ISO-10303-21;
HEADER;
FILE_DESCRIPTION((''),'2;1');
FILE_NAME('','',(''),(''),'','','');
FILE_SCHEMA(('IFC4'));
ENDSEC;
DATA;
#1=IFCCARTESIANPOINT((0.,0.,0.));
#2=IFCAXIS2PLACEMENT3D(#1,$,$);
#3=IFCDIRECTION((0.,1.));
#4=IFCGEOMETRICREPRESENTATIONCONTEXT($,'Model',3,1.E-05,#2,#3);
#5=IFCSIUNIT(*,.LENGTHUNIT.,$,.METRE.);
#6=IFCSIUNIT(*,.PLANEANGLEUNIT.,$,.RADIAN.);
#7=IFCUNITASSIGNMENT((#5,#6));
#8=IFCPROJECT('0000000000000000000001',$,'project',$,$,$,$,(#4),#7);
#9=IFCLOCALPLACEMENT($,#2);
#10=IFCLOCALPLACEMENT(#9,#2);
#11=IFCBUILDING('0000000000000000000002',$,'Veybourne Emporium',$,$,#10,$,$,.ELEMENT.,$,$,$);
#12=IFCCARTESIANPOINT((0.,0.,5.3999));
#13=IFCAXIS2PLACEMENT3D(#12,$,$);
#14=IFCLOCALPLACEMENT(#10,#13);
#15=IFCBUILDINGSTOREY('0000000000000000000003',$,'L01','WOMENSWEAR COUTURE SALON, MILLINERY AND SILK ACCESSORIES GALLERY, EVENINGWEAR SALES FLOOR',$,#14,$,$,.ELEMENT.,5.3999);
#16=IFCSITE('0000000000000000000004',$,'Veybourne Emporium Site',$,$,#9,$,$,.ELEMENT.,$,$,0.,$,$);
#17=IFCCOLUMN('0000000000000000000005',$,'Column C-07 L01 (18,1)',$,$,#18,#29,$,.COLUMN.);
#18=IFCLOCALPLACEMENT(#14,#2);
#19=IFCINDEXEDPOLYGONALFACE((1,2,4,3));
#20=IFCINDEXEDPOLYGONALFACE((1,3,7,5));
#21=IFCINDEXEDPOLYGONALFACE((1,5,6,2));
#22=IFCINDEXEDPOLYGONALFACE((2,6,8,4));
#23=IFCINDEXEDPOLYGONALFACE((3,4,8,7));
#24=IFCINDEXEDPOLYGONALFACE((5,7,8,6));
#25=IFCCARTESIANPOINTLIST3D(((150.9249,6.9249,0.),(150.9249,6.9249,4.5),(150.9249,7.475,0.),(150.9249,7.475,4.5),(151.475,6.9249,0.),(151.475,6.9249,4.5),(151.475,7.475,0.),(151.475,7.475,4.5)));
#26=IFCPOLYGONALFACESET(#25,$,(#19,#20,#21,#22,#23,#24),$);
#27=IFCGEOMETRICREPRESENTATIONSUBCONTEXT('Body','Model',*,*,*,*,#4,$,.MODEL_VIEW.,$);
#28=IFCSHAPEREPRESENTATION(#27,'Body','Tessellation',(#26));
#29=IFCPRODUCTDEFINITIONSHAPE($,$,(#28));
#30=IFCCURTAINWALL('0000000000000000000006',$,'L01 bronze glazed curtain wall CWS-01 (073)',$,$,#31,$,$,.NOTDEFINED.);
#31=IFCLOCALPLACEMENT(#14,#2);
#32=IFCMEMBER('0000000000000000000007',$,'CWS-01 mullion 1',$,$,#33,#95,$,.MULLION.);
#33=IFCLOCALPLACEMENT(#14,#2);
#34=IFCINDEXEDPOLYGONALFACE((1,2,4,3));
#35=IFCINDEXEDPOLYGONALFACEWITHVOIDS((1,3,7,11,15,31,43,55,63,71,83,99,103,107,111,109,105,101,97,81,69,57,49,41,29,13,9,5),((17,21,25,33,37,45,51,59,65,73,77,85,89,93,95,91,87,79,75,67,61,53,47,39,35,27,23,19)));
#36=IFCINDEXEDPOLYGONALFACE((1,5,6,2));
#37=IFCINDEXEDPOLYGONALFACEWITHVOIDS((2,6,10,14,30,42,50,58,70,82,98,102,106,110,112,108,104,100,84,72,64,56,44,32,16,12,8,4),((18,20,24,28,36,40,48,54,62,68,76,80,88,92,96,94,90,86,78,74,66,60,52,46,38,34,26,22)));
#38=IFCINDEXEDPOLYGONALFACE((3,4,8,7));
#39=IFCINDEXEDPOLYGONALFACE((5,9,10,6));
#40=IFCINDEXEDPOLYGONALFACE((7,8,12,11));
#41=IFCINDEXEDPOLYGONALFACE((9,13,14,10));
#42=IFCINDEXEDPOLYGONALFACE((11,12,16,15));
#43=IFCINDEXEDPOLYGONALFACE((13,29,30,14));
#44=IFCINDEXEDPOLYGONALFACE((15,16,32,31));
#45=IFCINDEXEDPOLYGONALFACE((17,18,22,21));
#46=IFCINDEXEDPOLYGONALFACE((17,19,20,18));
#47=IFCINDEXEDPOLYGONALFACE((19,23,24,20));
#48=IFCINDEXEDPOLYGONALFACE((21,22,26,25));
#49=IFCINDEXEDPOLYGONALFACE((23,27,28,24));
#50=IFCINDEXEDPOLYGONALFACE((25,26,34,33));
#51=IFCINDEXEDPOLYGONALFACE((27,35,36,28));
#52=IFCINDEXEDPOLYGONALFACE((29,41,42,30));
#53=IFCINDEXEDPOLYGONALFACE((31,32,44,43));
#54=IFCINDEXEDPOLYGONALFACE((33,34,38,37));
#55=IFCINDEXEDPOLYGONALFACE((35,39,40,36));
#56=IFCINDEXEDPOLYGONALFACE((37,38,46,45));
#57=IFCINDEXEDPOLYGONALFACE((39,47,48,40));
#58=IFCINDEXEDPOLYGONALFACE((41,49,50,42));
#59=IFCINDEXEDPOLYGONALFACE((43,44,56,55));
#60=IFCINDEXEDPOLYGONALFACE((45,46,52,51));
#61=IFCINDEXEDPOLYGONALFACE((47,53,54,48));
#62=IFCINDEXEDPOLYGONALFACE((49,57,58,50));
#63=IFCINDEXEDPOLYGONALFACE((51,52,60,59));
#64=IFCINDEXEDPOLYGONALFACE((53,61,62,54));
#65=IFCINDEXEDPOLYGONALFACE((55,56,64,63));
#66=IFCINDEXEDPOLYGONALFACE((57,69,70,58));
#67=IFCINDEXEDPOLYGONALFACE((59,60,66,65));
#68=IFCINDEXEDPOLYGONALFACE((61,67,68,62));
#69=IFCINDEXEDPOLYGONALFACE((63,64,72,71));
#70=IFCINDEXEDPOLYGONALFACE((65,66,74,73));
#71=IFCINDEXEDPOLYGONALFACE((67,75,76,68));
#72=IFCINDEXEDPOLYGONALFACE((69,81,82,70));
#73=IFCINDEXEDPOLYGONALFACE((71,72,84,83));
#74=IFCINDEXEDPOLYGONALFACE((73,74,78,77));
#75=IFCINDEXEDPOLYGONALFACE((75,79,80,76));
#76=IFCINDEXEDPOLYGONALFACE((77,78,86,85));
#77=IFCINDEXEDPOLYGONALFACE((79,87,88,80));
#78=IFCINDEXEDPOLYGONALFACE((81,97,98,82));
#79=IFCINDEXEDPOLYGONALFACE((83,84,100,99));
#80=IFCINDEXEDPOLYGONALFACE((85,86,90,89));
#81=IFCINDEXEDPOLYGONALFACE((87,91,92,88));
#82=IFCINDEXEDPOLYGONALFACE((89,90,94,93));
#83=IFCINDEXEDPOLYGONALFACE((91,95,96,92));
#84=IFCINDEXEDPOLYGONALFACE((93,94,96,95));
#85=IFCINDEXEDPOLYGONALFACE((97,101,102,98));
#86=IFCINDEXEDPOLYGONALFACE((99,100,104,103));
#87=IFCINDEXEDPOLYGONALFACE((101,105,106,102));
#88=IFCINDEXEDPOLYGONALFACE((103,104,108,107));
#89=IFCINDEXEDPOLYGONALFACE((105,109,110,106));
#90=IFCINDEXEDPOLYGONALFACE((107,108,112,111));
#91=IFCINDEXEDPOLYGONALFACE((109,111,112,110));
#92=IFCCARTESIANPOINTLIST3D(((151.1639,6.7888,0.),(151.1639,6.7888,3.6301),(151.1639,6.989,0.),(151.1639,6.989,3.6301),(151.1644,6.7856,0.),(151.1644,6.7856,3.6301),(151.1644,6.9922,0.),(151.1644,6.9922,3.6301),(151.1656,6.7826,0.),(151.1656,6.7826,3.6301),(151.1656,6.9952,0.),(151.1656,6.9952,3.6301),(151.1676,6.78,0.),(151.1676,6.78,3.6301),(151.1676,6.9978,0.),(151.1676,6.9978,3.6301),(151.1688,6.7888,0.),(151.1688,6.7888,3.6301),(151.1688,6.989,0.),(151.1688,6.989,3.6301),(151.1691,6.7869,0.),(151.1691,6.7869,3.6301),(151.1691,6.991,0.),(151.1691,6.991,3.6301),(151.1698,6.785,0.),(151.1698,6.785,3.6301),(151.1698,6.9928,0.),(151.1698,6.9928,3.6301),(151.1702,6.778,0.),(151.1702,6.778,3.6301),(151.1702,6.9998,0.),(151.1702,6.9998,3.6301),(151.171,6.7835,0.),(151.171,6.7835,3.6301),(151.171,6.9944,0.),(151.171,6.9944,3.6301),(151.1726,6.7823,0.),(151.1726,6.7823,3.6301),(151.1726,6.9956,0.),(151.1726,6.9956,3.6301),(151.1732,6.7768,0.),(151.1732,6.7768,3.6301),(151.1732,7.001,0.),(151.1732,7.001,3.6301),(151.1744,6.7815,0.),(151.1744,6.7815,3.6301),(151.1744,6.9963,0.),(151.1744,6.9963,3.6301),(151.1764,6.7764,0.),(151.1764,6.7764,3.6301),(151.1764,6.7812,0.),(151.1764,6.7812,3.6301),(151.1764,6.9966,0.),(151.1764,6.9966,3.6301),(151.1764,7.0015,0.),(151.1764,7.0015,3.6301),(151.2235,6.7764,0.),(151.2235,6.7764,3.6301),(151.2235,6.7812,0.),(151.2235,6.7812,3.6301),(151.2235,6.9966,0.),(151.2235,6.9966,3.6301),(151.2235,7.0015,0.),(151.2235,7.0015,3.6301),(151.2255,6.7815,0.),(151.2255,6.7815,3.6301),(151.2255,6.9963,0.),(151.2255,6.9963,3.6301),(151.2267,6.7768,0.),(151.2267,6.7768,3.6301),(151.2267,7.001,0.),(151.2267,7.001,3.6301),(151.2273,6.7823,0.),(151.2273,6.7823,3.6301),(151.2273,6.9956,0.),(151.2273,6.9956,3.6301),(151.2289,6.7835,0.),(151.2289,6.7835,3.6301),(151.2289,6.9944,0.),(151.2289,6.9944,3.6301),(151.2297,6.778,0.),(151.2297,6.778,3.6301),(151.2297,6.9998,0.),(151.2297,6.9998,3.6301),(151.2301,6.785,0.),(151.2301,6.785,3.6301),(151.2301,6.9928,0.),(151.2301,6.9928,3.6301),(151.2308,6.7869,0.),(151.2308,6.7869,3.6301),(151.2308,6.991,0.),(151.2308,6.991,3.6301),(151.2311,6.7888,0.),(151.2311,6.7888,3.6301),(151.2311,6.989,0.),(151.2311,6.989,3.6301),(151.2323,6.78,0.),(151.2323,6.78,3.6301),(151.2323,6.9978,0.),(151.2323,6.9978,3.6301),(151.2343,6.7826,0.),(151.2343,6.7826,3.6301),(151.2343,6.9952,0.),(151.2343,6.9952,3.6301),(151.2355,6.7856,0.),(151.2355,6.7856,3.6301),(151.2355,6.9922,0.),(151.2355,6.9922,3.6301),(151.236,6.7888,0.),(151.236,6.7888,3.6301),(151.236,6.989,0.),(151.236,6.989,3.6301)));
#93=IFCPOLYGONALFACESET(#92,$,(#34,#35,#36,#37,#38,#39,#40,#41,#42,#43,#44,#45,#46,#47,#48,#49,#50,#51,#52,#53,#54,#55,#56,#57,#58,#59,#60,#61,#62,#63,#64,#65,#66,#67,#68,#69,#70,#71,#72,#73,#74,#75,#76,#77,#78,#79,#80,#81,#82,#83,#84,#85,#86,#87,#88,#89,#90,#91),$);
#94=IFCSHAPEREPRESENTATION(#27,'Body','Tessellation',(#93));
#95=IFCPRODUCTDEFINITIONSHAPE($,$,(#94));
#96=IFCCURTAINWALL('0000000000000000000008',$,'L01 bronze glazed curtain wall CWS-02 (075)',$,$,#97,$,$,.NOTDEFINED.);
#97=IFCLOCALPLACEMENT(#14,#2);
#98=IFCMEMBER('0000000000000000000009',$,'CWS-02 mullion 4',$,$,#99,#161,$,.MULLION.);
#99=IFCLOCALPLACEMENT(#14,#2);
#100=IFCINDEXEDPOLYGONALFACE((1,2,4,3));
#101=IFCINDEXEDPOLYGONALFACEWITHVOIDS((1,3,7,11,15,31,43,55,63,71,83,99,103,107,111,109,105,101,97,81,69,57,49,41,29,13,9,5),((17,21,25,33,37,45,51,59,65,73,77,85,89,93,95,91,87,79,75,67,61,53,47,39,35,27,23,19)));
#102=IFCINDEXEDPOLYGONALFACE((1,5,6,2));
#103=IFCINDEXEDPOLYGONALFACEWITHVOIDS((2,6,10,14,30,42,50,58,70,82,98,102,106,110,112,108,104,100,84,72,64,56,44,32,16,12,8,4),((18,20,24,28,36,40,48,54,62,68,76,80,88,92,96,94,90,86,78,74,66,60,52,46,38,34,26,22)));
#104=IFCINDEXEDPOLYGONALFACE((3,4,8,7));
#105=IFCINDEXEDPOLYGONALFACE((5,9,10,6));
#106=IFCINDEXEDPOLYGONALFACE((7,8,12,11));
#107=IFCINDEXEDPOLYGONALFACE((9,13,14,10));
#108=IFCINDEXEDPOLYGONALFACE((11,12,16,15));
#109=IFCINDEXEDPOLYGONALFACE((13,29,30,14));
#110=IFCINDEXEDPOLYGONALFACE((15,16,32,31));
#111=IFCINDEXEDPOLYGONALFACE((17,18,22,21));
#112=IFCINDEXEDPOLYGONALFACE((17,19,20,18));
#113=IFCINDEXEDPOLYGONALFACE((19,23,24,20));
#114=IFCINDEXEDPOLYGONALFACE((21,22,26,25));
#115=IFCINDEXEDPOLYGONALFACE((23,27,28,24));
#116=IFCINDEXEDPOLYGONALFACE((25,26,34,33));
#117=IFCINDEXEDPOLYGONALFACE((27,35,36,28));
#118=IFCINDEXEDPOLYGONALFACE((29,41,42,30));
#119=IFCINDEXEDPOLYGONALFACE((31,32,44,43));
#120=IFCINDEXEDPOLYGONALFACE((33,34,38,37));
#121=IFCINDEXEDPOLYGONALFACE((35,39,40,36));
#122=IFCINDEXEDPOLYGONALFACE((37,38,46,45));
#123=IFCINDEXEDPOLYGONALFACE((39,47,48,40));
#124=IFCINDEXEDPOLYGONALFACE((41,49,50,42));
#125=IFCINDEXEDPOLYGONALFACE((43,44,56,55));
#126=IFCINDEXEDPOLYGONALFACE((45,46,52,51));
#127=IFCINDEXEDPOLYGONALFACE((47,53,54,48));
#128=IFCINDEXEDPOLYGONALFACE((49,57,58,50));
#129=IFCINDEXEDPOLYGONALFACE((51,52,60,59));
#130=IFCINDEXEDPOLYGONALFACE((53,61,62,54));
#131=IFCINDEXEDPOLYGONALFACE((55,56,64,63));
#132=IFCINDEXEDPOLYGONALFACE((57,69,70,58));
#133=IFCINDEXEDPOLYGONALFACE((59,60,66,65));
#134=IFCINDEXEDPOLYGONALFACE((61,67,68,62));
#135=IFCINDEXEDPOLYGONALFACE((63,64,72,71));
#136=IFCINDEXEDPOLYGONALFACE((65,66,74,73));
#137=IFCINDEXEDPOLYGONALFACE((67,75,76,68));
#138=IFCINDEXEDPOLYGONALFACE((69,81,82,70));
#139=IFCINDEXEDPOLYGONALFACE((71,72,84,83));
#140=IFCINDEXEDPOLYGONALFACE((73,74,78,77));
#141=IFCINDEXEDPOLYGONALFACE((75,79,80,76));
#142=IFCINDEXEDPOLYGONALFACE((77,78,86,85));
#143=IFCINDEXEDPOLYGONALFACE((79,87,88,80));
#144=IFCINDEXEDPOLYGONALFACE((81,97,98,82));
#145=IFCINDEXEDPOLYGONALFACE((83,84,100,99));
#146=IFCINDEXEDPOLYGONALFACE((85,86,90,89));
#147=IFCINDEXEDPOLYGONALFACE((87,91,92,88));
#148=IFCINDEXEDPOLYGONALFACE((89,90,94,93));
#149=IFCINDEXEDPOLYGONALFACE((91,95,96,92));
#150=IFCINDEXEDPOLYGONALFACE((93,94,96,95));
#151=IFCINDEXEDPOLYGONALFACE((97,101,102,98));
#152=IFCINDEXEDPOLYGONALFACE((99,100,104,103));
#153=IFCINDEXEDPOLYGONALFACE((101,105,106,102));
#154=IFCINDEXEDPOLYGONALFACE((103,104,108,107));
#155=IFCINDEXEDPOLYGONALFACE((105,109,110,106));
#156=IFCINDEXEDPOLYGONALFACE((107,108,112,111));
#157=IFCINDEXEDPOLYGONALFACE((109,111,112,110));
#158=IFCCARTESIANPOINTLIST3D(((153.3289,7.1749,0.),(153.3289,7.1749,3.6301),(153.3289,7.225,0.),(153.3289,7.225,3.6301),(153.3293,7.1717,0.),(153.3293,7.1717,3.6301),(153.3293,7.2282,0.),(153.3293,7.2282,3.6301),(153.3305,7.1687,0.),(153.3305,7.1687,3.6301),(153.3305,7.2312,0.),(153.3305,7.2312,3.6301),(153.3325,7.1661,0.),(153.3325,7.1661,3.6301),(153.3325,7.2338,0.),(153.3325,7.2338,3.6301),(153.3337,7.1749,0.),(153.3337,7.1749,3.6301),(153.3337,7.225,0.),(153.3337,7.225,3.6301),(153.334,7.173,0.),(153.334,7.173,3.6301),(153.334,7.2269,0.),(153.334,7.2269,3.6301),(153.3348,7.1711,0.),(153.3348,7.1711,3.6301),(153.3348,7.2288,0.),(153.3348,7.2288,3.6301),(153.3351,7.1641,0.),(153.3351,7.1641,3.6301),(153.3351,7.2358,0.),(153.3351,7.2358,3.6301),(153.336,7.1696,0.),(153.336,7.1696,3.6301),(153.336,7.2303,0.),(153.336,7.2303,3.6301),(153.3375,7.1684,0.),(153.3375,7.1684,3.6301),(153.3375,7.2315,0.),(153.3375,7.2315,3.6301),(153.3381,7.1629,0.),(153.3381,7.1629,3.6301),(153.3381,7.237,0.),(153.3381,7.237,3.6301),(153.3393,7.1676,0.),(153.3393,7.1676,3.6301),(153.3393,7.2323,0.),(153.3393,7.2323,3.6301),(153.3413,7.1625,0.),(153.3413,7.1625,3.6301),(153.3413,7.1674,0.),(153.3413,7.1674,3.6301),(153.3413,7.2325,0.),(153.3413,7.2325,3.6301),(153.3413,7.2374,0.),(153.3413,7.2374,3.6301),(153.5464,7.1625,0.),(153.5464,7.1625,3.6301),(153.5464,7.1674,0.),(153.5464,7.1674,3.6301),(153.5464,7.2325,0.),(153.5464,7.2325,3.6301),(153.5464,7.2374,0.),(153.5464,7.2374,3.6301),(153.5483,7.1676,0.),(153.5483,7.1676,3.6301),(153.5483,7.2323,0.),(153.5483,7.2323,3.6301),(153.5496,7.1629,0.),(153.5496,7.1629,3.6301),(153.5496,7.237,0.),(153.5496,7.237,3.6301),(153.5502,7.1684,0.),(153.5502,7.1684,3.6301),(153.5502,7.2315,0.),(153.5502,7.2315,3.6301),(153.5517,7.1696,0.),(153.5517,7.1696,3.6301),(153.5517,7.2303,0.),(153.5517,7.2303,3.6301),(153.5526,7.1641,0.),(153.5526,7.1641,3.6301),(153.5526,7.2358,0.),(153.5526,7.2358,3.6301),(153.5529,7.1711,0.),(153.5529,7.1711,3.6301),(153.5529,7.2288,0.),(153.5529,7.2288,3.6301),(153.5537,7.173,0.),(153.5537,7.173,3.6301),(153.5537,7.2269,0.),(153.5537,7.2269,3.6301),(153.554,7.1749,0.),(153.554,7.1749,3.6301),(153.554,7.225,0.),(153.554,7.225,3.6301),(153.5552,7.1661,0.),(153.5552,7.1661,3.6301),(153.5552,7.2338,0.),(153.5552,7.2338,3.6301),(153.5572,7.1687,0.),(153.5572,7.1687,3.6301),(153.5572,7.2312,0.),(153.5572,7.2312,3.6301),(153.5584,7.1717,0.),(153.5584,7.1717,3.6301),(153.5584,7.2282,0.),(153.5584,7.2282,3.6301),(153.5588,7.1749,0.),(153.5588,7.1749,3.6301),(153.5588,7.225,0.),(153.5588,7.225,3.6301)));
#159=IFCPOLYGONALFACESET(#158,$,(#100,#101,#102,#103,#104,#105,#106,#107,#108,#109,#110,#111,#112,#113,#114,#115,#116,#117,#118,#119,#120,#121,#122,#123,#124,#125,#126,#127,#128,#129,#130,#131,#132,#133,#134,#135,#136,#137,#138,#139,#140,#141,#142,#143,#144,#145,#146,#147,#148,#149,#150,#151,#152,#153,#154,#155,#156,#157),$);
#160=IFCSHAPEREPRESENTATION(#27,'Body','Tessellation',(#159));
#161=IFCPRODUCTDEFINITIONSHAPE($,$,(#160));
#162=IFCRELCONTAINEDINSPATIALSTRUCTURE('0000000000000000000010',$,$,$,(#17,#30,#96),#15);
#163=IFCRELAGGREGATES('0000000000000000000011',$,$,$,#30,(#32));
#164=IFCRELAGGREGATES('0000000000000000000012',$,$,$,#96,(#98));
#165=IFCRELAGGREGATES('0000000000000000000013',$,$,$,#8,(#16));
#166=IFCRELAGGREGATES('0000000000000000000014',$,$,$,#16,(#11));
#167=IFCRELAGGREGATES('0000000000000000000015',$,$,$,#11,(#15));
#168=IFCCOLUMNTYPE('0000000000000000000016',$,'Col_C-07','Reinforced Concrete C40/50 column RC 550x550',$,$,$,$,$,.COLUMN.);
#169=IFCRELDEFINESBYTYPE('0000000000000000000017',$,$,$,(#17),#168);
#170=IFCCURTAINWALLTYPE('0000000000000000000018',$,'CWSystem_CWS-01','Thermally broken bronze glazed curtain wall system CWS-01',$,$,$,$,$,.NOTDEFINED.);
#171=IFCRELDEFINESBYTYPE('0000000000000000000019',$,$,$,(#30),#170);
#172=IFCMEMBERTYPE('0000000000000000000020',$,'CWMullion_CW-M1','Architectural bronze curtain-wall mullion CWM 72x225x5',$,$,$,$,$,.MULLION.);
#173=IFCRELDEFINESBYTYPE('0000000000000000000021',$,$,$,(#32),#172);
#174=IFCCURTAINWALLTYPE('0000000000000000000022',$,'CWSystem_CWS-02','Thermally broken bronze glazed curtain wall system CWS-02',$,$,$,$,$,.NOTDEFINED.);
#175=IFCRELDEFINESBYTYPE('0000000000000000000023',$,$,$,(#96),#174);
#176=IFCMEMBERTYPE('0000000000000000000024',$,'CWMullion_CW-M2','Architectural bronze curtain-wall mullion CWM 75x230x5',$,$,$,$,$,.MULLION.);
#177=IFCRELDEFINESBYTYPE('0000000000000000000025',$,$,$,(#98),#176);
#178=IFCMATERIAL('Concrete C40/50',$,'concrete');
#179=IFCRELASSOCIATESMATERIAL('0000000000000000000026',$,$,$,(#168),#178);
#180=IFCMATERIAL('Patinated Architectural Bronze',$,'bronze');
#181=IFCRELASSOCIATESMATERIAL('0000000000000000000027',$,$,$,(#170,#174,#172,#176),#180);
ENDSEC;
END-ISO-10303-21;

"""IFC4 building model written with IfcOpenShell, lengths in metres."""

from ifc_helpers import new_model, si_unit, direction, frame, origin, origin_2d, place, context, subcontext, project, spatial, rectangle, hollow_rectangle, extrude, material, material_profile, profile_set, type_object, element, aggregate, save


model = new_model("IFC4")

# Units and contexts
model_context = context("Model", 3, precision=1e-05, world=origin(), true_north=direction((0.0, 1.0)))
body_context = subcontext(model_context, "Body", "Model", "MODEL_VIEW")
ifc_project = project(units=[si_unit("LENGTHUNIT", "METRE"), si_unit("PLANEANGLEUNIT", "RADIAN")], contexts=[model_context])

# Site, building, storey
site_placement = place(None, origin())
site = spatial("IfcSite", under=ifc_project, at=site_placement, Name="Veybourne Emporium Site", CompositionType="ELEMENT", RefElevation=0.0)
building_placement = place(site_placement, origin())
building = spatial("IfcBuilding", under=site, at=building_placement, Name="Veybourne Emporium", CompositionType="ELEMENT")
storey_placement = place(building_placement, frame((0.0, 0.0, 5.3999)))
storey = spatial("IfcBuildingStorey", under=building, at=storey_placement, Name="L01", Description="WOMENSWEAR COUTURE SALON, MILLINERY AND SILK ACCESSORIES GALLERY, EVENINGWEAR SALES FLOOR", CompositionType="ELEMENT", Elevation=5.3999)

# Column
ifc_material_1 = material(Name="Concrete C40/50", Category="concrete")
ifc_material_profile_1 = material_profile(ifc_material_1, rectangle(XDim=0.55, YDim=0.55, at=origin_2d()), Name="RC 550x550")
ifc_profile_set_1 = profile_set([ifc_material_profile_1], Name="Concrete C40/50")
column_type = type_object("IfcColumnType", Name="Col_C-07", Description="Reinforced Concrete C40/50 column RC 550x550", PredefinedType="COLUMN", material=ifc_profile_set_1)
column_placement = place(storey_placement, frame((151.2, 7.2, 0.0), z_axis=(0.0, 0.0, 1.0), x_axis=(1.0, 0.0, 0.0)))
element("IfcColumn", 1, at=column_placement, inside=storey, type_object=column_type, Name="Column C-07 L01 (18,1)", PredefinedType="COLUMN", context=body_context, shape_type="SweptSolid", body=[
    extrude(rectangle(XDim=0.55, YDim=0.55, at=origin_2d()), origin(), (0.0, 0.0, 1.0), 4.5),
])

# Curtain wall, member
ifc_material_2 = material(Name="Patinated Architectural Bronze", Category="bronze")
curtain_wall_type_1 = type_object("IfcCurtainWallType", Name="CWSystem_CWS-01", Description="Thermally broken bronze glazed curtain wall system CWS-01", PredefinedType="NOTDEFINED", material=ifc_material_2)
curtain_wall_1_placement = place(storey_placement, origin())
curtain_wall_1 = element("IfcCurtainWall", 2, at=curtain_wall_1_placement, inside=storey, type_object=curtain_wall_type_1, Name="L01 bronze glazed curtain wall CWS-01 (073)", PredefinedType="NOTDEFINED")
ifc_material_profile_2 = material_profile(ifc_material_2, hollow_rectangle(XDim=0.072, YDim=0.2251, WallThickness=0.0049, InnerFilletRadius=0.0076, OuterFilletRadius=0.0125, at=origin_2d()), Name="CWM 72x225x5")
ifc_profile_set_2 = profile_set([ifc_material_profile_2], Name="Patinated Architectural Bronze")
member_type_1 = type_object("IfcMemberType", Name="CWMullion_CW-M1", Description="Architectural bronze curtain-wall mullion CWM 72x225x5", PredefinedType="MULLION", material=ifc_profile_set_2)
member_1_placement = place(storey_placement, frame((151.2, 6.8889, 0.0), z_axis=(0.0, 0.0, 1.0), x_axis=(1.0, 0.0, 0.0)))
member_1 = element("IfcMember", 3, at=member_1_placement, type_object=member_type_1, Name="CWS-01 mullion 1", PredefinedType="MULLION", context=body_context, shape_type="SweptSolid", body=[
    extrude(hollow_rectangle(XDim=0.072, YDim=0.2251, WallThickness=0.0049, InnerFilletRadius=0.0076, OuterFilletRadius=0.0125, at=origin_2d()), origin(), (0.0, 0.0, 1.0), 3.6301),
])

# Curtain wall, member
curtain_wall_type_2 = type_object("IfcCurtainWallType", Name="CWSystem_CWS-02", Description="Thermally broken bronze glazed curtain wall system CWS-02", PredefinedType="NOTDEFINED", material=ifc_material_2)
curtain_wall_2_placement = place(storey_placement, origin())
curtain_wall_2 = element("IfcCurtainWall", 4, at=curtain_wall_2_placement, inside=storey, type_object=curtain_wall_type_2, Name="L01 bronze glazed curtain wall CWS-02 (075)", PredefinedType="NOTDEFINED")
ifc_material_profile_3 = material_profile(ifc_material_2, hollow_rectangle(XDim=0.075, YDim=0.23, WallThickness=0.0049, InnerFilletRadius=0.0076, OuterFilletRadius=0.0125, at=origin_2d()), Name="CWM 75x230x5")
ifc_profile_set_3 = profile_set([ifc_material_profile_3], Name="Patinated Architectural Bronze")
member_type_2 = type_object("IfcMemberType", Name="CWMullion_CW-M2", Description="Architectural bronze curtain-wall mullion CWM 75x230x5", PredefinedType="MULLION", material=ifc_profile_set_3)
member_2_placement = place(storey_placement, frame((153.4438, 7.2, 0.0), z_axis=(0.0, 0.0, 1.0), x_axis=(0.0, -1.0, 0.0)))
member_2 = element("IfcMember", 5, at=member_2_placement, type_object=member_type_2, Name="CWS-02 mullion 4", PredefinedType="MULLION", context=body_context, shape_type="SweptSolid", body=[
    extrude(hollow_rectangle(XDim=0.075, YDim=0.23, WallThickness=0.0049, InnerFilletRadius=0.0076, OuterFilletRadius=0.0125, at=origin_2d()), origin(), (0.0, 0.0, 1.0), 3.6301),
])

aggregate(curtain_wall_1, [member_1])

aggregate(curtain_wall_2, [member_2])

save(model, "model.ifc")
